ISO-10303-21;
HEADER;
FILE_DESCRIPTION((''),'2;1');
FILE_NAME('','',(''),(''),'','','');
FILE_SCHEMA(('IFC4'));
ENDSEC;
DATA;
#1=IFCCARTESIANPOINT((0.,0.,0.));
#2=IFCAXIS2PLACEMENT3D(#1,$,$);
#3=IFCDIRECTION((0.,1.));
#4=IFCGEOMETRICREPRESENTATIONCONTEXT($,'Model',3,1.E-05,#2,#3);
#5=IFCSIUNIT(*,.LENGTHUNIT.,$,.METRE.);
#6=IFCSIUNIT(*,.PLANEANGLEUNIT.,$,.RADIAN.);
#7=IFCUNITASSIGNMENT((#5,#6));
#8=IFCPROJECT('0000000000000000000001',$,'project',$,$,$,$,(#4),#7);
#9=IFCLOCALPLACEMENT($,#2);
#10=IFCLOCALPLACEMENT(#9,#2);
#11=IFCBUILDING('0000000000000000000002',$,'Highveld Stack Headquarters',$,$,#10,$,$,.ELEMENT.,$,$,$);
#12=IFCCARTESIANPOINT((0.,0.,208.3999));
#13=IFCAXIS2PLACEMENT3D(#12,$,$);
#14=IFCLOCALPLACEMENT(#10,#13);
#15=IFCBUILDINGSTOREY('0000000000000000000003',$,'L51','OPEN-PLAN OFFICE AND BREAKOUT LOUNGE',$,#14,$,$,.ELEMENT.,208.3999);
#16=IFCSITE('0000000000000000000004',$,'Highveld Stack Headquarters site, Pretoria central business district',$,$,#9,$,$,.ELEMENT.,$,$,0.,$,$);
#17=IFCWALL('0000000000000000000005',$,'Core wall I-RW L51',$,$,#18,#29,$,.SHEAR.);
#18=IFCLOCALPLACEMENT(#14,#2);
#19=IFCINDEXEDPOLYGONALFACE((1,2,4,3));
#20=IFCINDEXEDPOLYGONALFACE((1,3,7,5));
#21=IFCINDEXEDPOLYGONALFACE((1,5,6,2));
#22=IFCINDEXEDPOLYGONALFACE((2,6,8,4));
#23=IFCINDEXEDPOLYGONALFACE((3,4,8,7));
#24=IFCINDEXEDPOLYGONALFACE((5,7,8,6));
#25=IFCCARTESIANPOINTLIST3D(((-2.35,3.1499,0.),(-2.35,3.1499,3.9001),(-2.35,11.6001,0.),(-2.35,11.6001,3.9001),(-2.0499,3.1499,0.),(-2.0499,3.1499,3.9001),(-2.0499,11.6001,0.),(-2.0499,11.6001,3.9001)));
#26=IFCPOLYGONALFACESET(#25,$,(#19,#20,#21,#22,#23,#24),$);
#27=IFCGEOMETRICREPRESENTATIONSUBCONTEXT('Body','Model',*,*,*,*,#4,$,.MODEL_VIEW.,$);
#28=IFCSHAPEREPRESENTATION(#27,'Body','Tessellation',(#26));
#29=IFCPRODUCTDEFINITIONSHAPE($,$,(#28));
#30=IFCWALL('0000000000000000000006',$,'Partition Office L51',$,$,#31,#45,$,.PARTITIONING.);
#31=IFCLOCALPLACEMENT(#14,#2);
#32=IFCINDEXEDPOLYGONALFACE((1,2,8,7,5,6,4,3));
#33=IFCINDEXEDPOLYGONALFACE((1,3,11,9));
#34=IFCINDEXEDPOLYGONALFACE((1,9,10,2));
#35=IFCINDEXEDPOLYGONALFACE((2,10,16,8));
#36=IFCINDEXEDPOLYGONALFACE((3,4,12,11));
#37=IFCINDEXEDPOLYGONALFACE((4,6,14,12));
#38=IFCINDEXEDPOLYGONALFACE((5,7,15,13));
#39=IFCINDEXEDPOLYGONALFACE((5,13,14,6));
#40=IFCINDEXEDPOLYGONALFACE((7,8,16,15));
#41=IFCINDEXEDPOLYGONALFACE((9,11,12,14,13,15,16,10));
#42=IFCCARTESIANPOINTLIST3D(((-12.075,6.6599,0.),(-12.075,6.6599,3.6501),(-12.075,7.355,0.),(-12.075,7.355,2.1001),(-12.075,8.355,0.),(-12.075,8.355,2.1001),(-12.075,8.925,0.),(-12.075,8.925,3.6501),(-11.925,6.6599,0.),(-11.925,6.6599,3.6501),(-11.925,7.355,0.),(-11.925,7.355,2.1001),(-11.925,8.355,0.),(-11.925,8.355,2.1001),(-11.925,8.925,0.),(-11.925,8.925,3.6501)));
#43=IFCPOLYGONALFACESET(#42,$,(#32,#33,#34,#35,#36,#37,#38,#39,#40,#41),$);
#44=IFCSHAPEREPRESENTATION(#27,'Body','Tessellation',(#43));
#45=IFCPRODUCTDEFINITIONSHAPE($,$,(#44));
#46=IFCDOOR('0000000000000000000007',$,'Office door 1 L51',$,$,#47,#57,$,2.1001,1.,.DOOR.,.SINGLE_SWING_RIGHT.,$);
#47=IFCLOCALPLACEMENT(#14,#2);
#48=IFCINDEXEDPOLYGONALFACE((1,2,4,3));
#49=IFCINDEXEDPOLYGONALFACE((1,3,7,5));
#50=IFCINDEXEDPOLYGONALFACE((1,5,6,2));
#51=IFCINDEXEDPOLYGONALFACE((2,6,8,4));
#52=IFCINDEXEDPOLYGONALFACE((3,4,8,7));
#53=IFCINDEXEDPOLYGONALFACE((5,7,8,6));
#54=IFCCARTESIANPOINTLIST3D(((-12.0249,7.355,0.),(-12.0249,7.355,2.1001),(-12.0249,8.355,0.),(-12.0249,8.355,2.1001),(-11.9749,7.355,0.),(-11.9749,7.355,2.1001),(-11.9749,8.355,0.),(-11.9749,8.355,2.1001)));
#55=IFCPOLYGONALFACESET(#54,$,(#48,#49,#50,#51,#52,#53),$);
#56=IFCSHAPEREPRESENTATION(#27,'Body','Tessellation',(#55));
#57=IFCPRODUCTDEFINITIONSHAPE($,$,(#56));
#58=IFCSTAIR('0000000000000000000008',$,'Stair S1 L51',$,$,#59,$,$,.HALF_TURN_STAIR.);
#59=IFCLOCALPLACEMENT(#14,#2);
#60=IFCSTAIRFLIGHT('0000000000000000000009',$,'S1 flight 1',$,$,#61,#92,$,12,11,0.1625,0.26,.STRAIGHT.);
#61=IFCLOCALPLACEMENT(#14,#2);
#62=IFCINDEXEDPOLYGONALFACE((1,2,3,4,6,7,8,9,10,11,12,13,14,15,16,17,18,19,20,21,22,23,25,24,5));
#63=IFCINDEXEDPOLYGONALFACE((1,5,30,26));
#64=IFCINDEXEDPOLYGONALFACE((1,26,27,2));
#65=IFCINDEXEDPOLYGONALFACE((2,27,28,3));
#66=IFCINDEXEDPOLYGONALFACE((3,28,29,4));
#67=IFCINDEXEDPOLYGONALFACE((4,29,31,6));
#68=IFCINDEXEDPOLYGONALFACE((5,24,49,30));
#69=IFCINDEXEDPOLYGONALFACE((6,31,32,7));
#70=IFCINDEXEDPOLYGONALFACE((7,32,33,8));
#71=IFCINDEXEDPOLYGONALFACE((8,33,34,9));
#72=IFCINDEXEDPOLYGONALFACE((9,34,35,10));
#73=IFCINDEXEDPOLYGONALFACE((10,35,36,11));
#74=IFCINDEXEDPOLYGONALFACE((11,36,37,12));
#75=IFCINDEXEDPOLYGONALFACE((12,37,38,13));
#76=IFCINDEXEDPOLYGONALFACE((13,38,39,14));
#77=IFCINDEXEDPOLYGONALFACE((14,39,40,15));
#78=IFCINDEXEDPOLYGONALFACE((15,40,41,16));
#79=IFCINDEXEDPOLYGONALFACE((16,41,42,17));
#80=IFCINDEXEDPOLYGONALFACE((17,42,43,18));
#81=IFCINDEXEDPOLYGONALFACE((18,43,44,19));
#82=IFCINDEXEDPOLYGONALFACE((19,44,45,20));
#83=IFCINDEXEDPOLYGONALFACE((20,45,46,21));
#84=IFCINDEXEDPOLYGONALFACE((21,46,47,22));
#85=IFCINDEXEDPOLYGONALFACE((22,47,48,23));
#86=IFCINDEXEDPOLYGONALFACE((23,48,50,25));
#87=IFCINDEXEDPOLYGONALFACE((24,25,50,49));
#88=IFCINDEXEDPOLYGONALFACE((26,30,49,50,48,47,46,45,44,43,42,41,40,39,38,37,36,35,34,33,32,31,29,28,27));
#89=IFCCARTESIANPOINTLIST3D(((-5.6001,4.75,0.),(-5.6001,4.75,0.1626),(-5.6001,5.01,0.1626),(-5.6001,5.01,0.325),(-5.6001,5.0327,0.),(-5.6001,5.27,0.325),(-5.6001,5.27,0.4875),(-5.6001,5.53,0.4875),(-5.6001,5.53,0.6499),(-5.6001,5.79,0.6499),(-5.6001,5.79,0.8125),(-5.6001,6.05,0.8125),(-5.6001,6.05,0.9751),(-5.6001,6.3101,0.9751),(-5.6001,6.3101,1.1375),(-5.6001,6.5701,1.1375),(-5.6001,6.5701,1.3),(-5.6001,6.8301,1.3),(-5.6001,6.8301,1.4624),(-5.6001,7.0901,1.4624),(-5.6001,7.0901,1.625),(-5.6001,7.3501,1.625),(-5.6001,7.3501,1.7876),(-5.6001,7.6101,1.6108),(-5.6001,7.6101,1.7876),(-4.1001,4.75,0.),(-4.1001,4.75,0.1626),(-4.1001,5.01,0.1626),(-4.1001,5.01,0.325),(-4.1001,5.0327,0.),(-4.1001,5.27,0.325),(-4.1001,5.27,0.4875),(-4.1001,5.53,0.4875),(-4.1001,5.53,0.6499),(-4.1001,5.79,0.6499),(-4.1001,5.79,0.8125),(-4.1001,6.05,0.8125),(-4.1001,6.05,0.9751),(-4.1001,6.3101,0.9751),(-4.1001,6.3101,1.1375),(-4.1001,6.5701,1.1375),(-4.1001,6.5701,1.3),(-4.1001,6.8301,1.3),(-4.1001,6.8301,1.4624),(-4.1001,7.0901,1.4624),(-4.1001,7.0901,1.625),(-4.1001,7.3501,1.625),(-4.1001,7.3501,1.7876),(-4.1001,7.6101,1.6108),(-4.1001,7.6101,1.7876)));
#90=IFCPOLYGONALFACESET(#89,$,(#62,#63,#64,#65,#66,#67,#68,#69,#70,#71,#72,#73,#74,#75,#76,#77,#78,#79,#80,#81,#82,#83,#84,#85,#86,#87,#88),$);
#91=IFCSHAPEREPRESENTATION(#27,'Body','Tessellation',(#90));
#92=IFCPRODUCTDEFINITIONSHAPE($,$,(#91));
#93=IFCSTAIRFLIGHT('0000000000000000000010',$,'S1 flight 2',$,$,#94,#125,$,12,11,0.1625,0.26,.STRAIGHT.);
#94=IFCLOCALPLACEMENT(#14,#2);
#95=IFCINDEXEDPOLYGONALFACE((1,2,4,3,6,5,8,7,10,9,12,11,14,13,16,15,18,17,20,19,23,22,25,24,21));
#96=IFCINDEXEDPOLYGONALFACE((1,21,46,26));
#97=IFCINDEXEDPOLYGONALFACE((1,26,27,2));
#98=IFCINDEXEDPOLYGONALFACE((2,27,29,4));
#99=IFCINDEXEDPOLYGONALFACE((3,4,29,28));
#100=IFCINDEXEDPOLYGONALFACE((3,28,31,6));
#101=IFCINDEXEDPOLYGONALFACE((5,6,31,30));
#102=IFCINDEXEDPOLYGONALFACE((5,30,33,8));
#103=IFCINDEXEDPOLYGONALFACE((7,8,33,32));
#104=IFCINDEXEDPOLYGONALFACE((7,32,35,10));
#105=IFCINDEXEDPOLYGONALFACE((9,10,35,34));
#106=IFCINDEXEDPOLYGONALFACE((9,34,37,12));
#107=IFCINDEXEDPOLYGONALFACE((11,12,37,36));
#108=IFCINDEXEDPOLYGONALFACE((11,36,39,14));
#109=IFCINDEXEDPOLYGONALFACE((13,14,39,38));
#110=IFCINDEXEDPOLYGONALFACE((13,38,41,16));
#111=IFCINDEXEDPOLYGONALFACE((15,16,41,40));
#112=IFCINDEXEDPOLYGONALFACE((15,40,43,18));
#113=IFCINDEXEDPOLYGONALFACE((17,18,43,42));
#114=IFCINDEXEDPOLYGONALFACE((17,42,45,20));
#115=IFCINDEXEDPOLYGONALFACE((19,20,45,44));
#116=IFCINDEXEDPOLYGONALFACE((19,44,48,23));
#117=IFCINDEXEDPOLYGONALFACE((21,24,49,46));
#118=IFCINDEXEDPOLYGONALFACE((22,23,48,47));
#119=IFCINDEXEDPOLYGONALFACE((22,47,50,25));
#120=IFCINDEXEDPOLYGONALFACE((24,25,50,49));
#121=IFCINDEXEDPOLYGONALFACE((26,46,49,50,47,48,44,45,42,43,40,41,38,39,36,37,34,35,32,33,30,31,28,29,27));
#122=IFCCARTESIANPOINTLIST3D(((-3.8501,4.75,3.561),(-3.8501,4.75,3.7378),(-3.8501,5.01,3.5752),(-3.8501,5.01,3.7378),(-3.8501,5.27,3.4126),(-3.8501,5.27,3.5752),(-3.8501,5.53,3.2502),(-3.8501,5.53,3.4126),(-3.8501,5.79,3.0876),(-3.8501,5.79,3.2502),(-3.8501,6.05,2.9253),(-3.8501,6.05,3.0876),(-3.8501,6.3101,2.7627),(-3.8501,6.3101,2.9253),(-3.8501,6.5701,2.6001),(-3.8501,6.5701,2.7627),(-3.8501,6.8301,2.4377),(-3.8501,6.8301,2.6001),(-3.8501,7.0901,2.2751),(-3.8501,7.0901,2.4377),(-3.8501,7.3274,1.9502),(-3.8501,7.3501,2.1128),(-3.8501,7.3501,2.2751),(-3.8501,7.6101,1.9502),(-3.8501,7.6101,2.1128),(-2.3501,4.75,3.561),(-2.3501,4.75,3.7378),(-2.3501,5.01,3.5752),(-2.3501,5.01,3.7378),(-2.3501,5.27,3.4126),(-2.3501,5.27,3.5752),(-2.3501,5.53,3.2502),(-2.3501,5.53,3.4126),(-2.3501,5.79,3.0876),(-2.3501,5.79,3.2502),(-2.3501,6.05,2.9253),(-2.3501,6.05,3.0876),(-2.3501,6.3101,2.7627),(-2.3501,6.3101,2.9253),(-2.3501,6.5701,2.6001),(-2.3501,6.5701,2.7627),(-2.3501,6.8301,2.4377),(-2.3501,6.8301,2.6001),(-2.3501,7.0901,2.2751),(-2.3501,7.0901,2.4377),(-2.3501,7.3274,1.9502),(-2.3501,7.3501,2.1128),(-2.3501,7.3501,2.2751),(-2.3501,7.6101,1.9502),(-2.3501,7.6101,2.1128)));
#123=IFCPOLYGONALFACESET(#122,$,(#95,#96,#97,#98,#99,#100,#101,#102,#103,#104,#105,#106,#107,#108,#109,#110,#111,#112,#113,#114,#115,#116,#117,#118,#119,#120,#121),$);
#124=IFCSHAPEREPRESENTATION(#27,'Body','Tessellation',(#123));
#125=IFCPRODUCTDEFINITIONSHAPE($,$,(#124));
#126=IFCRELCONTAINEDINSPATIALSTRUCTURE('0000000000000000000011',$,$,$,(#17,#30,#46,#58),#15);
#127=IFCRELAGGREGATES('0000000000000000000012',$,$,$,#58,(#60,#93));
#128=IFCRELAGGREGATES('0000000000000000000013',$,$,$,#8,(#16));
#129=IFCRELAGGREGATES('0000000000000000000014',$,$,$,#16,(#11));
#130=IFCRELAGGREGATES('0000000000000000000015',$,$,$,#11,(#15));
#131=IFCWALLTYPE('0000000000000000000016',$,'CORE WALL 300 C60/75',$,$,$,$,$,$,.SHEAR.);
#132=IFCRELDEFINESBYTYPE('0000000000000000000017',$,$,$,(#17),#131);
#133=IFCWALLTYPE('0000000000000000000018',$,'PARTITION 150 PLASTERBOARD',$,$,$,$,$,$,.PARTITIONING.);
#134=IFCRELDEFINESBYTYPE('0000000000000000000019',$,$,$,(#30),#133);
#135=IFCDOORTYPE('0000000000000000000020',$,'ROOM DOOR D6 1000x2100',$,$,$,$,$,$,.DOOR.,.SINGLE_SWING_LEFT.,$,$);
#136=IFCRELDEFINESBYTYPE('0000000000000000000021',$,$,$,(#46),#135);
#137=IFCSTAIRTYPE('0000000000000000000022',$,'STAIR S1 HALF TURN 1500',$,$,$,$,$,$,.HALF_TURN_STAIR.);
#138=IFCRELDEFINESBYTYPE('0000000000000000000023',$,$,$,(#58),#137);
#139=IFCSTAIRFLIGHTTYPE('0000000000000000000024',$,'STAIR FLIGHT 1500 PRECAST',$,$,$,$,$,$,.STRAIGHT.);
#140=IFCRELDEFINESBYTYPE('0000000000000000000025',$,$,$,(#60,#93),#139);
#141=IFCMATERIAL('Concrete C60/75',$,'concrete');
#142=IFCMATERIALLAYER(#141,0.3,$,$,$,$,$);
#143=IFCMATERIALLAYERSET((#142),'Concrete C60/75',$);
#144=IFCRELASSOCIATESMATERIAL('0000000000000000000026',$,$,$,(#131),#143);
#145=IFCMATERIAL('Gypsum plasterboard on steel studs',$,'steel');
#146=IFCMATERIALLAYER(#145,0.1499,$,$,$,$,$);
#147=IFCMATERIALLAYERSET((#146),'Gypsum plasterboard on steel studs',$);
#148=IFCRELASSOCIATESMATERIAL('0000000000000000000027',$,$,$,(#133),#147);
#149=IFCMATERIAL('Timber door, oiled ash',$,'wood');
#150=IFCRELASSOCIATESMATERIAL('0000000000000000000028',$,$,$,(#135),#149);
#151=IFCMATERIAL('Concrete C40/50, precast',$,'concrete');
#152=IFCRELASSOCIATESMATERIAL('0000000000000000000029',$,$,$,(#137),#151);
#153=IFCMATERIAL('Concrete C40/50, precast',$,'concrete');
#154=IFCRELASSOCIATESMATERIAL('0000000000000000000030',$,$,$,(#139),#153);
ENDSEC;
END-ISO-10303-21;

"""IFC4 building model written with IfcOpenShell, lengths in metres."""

from ifc_helpers import new_model, si_unit, direction, frame, frame_2d, origin, place, context, subcontext, project, spatial, polyline, rectangle, outline, extrude, material, layer, layer_set, type_object, element, fill, aggregate, save


model = new_model("IFC4")

# Units and contexts
model_context = context("Model", 3, precision=1e-05, world=origin(), true_north=direction((0.0, 1.0)))
body_context = subcontext(model_context, "Body", "Model", "MODEL_VIEW")
ifc_project = project(units=[si_unit("LENGTHUNIT", "METRE"), si_unit("PLANEANGLEUNIT", "RADIAN")], contexts=[model_context])

# Site, building, storey
site_placement = place(None, origin())
site = spatial("IfcSite", under=ifc_project, at=site_placement, Name="Highveld Stack Headquarters site, Pretoria central business district", CompositionType="ELEMENT", RefElevation=0.0)
building_placement = place(site_placement, origin())
building = spatial("IfcBuilding", under=site, at=building_placement, Name="Highveld Stack Headquarters", CompositionType="ELEMENT")
storey_placement = place(building_placement, frame((0.0, 0.0, 208.3999)))
storey = spatial("IfcBuildingStorey", under=building, at=storey_placement, Name="L51", Description="OPEN-PLAN OFFICE AND BREAKOUT LOUNGE", CompositionType="ELEMENT", Elevation=208.3999)

# Shared definitions
ifc_material_1 = material(Name="Concrete C60/75", Category="concrete")
ifc_layer_1 = layer(ifc_material_1, 0.3)
ifc_layer_set_1 = layer_set([ifc_layer_1], Name="Concrete C60/75")
wall_type_1 = type_object("IfcWallType", Name="CORE WALL 300 C60/75", PredefinedType="SHEAR", material=ifc_layer_set_1)

# Wall
wall_1_placement = place(storey_placement, frame((-2.2, 3.1499, 0.0), z_axis=(0.0, 0.0, 1.0), x_axis=(0.0, 1.0, 0.0)))
element("IfcWall", 1, at=wall_1_placement, inside=storey, type_object=wall_type_1, Name="Core wall I-RW L51", PredefinedType="SHEAR", context=body_context, shape_type="SweptSolid", body=[
    extrude(rectangle(XDim=8.4502, YDim=0.3, at=frame_2d((4.2251, 0.0))), origin(), (0.0, 0.0, 1.0), 3.9001),
])

# Wall, opening, door
ifc_material_2 = material(Name="Gypsum plasterboard on steel studs", Category="steel")
ifc_layer_2 = layer(ifc_material_2, 0.1499)
ifc_layer_set_2 = layer_set([ifc_layer_2], Name="Gypsum plasterboard on steel studs")
wall_type_2 = type_object("IfcWallType", Name="PARTITION 150 PLASTERBOARD", PredefinedType="PARTITIONING", material=ifc_layer_set_2)
wall_2_placement = place(storey_placement, frame((-12.0, 6.6599, 0.0), z_axis=(0.0, 0.0, 1.0), x_axis=(0.0, 1.0, 0.0)))
wall_2 = element("IfcWall", 2, at=wall_2_placement, inside=storey, type_object=wall_type_2, Name="Partition Office L51", PredefinedType="PARTITIONING", context=body_context, shape_type="SweptSolid", body=[
    extrude(rectangle(XDim=2.2651, YDim=0.1499, at=frame_2d((1.1326, 0.0))), origin(), (0.0, 0.0, 1.0), 3.6501),
])
opening_1_placement = place(wall_2_placement, frame((0.6951, 0.0, 0.0)))
opening_1 = element("IfcOpeningElement", 3, at=opening_1_placement, cuts=wall_2, PredefinedType="OPENING", context=body_context, shape_type="SweptSolid", body=[
    extrude(rectangle(XDim=1.0, YDim=2.1001, at=frame_2d((0.5, 1.05))), frame((0.0, 0.085, 0.0), z_axis=(0.0, -1.0, 0.0), x_axis=(1.0, 0.0, 0.0)), (0.0, 0.0, 1.0), 0.1699),
])
ifc_material_3 = material(Name="Timber door, oiled ash", Category="wood")
door_type_1 = type_object("IfcDoorType", Name="ROOM DOOR D6 1000x2100", OperationType="SINGLE_SWING_LEFT", PredefinedType="DOOR", material=ifc_material_3)
door_1_placement = place(opening_1_placement, origin())
door_1 = element("IfcDoor", 4, at=door_1_placement, inside=storey, type_object=door_type_1, Name="Office door 1 L51", OperationType="SINGLE_SWING_RIGHT", OverallHeight=2.1001, OverallWidth=1.0, PredefinedType="DOOR", context=body_context, shape_type="SweptSolid", body=[
    extrude(rectangle(XDim=1.0, YDim=2.1001, at=frame_2d((0.5, 1.05))), frame((0.0, 0.0249, 0.0), z_axis=(0.0, -1.0, 0.0), x_axis=(1.0, 0.0, 0.0)), (0.0, 0.0, 1.0), 0.05),
])
fill(opening_1, door_1)

# Stair, stair flights
ifc_material_4 = material(Name="Concrete C40/50, precast", Category="concrete")
stair_type = type_object("IfcStairType", Name="STAIR S1 HALF TURN 1500", PredefinedType="HALF_TURN_STAIR", material=ifc_material_4)
stair_placement = place(storey_placement, origin())
stair = element("IfcStair", 5, at=stair_placement, inside=storey, type_object=stair_type, Name="Stair S1 L51", PredefinedType="HALF_TURN_STAIR")
ifc_material_5 = material(Name="Concrete C40/50, precast", Category="concrete")
stair_flight_type = type_object("IfcStairFlightType", Name="STAIR FLIGHT 1500 PRECAST", PredefinedType="STRAIGHT", material=ifc_material_5)
stair_flight_1_placement = place(storey_placement, frame((-4.8501, 4.75, 0.0), z_axis=(0.0, 0.0, 1.0), x_axis=(0.0, 1.0, 0.0)))
stair_flight_1 = element("IfcStairFlight", 6, at=stair_flight_1_placement, type_object=stair_flight_type, Name="S1 flight 1", NumberOfRisers=12, NumberOfTreads=11, PredefinedType="STRAIGHT", RiserHeight=0.1625, TreadLength=0.26, context=body_context, shape_type="SweptSolid", body=[
    extrude(outline(polyline([(0.0, 0.0), (0.0, 0.1626), (0.26, 0.1626), (0.26, 0.325), (0.52, 0.325), (0.52, 0.4875), (0.78, 0.4875), (0.78, 0.6499), (1.04, 0.6499), (1.04, 0.8125), (1.3, 0.8125), (1.3, 0.9751), (1.5601, 0.9751), (1.5601, 1.1375), (1.8201, 1.1375), (1.8201, 1.3), (2.0801, 1.3), (2.0801, 1.4624), (2.3401, 1.4624), (2.3401, 1.625), (2.6001, 1.625), (2.6001, 1.7876), (2.8601, 1.7876), (2.8601, 1.95), (2.8601, 1.6108), (0.2827, 0.0), (0.0, 0.0)])), frame((0.0, 0.75, 0.0), z_axis=(0.0, -1.0, 0.0), x_axis=(1.0, 0.0, 0.0)), (0.0, 0.0, 1.0), 1.5),
])
stair_flight_2_placement = place(storey_placement, frame((-3.1001, 7.6101, 1.9502), z_axis=(0.0, 0.0, 1.0), x_axis=(0.0, -1.0, 0.0)))
stair_flight_2 = element("IfcStairFlight", 7, at=stair_flight_2_placement, type_object=stair_flight_type, Name="S1 flight 2", NumberOfRisers=12, NumberOfTreads=11, PredefinedType="STRAIGHT", RiserHeight=0.1625, TreadLength=0.26, context=body_context, shape_type="SweptSolid", body=[
    extrude(outline(polyline([(0.0, 0.0), (0.0, 0.1626), (0.26, 0.1626), (0.26, 0.325), (0.52, 0.325), (0.52, 0.4875), (0.78, 0.4875), (0.78, 0.6499), (1.04, 0.6499), (1.04, 0.8125), (1.3, 0.8125), (1.3, 0.9751), (1.5601, 0.9751), (1.5601, 1.1375), (1.8201, 1.1375), (1.8201, 1.3), (2.0801, 1.3), (2.0801, 1.4624), (2.3401, 1.4624), (2.3401, 1.625), (2.6001, 1.625), (2.6001, 1.7876), (2.8601, 1.7876), (2.8601, 1.95), (2.8601, 1.6108), (0.2827, 0.0), (0.0, 0.0)])), frame((0.0, 0.75, 0.0), z_axis=(0.0, -1.0, 0.0), x_axis=(1.0, 0.0, 0.0)), (0.0, 0.0, 1.0), 1.5),
])
aggregate(stair, [stair_flight_1, stair_flight_2])

save(model, "model.ifc")
